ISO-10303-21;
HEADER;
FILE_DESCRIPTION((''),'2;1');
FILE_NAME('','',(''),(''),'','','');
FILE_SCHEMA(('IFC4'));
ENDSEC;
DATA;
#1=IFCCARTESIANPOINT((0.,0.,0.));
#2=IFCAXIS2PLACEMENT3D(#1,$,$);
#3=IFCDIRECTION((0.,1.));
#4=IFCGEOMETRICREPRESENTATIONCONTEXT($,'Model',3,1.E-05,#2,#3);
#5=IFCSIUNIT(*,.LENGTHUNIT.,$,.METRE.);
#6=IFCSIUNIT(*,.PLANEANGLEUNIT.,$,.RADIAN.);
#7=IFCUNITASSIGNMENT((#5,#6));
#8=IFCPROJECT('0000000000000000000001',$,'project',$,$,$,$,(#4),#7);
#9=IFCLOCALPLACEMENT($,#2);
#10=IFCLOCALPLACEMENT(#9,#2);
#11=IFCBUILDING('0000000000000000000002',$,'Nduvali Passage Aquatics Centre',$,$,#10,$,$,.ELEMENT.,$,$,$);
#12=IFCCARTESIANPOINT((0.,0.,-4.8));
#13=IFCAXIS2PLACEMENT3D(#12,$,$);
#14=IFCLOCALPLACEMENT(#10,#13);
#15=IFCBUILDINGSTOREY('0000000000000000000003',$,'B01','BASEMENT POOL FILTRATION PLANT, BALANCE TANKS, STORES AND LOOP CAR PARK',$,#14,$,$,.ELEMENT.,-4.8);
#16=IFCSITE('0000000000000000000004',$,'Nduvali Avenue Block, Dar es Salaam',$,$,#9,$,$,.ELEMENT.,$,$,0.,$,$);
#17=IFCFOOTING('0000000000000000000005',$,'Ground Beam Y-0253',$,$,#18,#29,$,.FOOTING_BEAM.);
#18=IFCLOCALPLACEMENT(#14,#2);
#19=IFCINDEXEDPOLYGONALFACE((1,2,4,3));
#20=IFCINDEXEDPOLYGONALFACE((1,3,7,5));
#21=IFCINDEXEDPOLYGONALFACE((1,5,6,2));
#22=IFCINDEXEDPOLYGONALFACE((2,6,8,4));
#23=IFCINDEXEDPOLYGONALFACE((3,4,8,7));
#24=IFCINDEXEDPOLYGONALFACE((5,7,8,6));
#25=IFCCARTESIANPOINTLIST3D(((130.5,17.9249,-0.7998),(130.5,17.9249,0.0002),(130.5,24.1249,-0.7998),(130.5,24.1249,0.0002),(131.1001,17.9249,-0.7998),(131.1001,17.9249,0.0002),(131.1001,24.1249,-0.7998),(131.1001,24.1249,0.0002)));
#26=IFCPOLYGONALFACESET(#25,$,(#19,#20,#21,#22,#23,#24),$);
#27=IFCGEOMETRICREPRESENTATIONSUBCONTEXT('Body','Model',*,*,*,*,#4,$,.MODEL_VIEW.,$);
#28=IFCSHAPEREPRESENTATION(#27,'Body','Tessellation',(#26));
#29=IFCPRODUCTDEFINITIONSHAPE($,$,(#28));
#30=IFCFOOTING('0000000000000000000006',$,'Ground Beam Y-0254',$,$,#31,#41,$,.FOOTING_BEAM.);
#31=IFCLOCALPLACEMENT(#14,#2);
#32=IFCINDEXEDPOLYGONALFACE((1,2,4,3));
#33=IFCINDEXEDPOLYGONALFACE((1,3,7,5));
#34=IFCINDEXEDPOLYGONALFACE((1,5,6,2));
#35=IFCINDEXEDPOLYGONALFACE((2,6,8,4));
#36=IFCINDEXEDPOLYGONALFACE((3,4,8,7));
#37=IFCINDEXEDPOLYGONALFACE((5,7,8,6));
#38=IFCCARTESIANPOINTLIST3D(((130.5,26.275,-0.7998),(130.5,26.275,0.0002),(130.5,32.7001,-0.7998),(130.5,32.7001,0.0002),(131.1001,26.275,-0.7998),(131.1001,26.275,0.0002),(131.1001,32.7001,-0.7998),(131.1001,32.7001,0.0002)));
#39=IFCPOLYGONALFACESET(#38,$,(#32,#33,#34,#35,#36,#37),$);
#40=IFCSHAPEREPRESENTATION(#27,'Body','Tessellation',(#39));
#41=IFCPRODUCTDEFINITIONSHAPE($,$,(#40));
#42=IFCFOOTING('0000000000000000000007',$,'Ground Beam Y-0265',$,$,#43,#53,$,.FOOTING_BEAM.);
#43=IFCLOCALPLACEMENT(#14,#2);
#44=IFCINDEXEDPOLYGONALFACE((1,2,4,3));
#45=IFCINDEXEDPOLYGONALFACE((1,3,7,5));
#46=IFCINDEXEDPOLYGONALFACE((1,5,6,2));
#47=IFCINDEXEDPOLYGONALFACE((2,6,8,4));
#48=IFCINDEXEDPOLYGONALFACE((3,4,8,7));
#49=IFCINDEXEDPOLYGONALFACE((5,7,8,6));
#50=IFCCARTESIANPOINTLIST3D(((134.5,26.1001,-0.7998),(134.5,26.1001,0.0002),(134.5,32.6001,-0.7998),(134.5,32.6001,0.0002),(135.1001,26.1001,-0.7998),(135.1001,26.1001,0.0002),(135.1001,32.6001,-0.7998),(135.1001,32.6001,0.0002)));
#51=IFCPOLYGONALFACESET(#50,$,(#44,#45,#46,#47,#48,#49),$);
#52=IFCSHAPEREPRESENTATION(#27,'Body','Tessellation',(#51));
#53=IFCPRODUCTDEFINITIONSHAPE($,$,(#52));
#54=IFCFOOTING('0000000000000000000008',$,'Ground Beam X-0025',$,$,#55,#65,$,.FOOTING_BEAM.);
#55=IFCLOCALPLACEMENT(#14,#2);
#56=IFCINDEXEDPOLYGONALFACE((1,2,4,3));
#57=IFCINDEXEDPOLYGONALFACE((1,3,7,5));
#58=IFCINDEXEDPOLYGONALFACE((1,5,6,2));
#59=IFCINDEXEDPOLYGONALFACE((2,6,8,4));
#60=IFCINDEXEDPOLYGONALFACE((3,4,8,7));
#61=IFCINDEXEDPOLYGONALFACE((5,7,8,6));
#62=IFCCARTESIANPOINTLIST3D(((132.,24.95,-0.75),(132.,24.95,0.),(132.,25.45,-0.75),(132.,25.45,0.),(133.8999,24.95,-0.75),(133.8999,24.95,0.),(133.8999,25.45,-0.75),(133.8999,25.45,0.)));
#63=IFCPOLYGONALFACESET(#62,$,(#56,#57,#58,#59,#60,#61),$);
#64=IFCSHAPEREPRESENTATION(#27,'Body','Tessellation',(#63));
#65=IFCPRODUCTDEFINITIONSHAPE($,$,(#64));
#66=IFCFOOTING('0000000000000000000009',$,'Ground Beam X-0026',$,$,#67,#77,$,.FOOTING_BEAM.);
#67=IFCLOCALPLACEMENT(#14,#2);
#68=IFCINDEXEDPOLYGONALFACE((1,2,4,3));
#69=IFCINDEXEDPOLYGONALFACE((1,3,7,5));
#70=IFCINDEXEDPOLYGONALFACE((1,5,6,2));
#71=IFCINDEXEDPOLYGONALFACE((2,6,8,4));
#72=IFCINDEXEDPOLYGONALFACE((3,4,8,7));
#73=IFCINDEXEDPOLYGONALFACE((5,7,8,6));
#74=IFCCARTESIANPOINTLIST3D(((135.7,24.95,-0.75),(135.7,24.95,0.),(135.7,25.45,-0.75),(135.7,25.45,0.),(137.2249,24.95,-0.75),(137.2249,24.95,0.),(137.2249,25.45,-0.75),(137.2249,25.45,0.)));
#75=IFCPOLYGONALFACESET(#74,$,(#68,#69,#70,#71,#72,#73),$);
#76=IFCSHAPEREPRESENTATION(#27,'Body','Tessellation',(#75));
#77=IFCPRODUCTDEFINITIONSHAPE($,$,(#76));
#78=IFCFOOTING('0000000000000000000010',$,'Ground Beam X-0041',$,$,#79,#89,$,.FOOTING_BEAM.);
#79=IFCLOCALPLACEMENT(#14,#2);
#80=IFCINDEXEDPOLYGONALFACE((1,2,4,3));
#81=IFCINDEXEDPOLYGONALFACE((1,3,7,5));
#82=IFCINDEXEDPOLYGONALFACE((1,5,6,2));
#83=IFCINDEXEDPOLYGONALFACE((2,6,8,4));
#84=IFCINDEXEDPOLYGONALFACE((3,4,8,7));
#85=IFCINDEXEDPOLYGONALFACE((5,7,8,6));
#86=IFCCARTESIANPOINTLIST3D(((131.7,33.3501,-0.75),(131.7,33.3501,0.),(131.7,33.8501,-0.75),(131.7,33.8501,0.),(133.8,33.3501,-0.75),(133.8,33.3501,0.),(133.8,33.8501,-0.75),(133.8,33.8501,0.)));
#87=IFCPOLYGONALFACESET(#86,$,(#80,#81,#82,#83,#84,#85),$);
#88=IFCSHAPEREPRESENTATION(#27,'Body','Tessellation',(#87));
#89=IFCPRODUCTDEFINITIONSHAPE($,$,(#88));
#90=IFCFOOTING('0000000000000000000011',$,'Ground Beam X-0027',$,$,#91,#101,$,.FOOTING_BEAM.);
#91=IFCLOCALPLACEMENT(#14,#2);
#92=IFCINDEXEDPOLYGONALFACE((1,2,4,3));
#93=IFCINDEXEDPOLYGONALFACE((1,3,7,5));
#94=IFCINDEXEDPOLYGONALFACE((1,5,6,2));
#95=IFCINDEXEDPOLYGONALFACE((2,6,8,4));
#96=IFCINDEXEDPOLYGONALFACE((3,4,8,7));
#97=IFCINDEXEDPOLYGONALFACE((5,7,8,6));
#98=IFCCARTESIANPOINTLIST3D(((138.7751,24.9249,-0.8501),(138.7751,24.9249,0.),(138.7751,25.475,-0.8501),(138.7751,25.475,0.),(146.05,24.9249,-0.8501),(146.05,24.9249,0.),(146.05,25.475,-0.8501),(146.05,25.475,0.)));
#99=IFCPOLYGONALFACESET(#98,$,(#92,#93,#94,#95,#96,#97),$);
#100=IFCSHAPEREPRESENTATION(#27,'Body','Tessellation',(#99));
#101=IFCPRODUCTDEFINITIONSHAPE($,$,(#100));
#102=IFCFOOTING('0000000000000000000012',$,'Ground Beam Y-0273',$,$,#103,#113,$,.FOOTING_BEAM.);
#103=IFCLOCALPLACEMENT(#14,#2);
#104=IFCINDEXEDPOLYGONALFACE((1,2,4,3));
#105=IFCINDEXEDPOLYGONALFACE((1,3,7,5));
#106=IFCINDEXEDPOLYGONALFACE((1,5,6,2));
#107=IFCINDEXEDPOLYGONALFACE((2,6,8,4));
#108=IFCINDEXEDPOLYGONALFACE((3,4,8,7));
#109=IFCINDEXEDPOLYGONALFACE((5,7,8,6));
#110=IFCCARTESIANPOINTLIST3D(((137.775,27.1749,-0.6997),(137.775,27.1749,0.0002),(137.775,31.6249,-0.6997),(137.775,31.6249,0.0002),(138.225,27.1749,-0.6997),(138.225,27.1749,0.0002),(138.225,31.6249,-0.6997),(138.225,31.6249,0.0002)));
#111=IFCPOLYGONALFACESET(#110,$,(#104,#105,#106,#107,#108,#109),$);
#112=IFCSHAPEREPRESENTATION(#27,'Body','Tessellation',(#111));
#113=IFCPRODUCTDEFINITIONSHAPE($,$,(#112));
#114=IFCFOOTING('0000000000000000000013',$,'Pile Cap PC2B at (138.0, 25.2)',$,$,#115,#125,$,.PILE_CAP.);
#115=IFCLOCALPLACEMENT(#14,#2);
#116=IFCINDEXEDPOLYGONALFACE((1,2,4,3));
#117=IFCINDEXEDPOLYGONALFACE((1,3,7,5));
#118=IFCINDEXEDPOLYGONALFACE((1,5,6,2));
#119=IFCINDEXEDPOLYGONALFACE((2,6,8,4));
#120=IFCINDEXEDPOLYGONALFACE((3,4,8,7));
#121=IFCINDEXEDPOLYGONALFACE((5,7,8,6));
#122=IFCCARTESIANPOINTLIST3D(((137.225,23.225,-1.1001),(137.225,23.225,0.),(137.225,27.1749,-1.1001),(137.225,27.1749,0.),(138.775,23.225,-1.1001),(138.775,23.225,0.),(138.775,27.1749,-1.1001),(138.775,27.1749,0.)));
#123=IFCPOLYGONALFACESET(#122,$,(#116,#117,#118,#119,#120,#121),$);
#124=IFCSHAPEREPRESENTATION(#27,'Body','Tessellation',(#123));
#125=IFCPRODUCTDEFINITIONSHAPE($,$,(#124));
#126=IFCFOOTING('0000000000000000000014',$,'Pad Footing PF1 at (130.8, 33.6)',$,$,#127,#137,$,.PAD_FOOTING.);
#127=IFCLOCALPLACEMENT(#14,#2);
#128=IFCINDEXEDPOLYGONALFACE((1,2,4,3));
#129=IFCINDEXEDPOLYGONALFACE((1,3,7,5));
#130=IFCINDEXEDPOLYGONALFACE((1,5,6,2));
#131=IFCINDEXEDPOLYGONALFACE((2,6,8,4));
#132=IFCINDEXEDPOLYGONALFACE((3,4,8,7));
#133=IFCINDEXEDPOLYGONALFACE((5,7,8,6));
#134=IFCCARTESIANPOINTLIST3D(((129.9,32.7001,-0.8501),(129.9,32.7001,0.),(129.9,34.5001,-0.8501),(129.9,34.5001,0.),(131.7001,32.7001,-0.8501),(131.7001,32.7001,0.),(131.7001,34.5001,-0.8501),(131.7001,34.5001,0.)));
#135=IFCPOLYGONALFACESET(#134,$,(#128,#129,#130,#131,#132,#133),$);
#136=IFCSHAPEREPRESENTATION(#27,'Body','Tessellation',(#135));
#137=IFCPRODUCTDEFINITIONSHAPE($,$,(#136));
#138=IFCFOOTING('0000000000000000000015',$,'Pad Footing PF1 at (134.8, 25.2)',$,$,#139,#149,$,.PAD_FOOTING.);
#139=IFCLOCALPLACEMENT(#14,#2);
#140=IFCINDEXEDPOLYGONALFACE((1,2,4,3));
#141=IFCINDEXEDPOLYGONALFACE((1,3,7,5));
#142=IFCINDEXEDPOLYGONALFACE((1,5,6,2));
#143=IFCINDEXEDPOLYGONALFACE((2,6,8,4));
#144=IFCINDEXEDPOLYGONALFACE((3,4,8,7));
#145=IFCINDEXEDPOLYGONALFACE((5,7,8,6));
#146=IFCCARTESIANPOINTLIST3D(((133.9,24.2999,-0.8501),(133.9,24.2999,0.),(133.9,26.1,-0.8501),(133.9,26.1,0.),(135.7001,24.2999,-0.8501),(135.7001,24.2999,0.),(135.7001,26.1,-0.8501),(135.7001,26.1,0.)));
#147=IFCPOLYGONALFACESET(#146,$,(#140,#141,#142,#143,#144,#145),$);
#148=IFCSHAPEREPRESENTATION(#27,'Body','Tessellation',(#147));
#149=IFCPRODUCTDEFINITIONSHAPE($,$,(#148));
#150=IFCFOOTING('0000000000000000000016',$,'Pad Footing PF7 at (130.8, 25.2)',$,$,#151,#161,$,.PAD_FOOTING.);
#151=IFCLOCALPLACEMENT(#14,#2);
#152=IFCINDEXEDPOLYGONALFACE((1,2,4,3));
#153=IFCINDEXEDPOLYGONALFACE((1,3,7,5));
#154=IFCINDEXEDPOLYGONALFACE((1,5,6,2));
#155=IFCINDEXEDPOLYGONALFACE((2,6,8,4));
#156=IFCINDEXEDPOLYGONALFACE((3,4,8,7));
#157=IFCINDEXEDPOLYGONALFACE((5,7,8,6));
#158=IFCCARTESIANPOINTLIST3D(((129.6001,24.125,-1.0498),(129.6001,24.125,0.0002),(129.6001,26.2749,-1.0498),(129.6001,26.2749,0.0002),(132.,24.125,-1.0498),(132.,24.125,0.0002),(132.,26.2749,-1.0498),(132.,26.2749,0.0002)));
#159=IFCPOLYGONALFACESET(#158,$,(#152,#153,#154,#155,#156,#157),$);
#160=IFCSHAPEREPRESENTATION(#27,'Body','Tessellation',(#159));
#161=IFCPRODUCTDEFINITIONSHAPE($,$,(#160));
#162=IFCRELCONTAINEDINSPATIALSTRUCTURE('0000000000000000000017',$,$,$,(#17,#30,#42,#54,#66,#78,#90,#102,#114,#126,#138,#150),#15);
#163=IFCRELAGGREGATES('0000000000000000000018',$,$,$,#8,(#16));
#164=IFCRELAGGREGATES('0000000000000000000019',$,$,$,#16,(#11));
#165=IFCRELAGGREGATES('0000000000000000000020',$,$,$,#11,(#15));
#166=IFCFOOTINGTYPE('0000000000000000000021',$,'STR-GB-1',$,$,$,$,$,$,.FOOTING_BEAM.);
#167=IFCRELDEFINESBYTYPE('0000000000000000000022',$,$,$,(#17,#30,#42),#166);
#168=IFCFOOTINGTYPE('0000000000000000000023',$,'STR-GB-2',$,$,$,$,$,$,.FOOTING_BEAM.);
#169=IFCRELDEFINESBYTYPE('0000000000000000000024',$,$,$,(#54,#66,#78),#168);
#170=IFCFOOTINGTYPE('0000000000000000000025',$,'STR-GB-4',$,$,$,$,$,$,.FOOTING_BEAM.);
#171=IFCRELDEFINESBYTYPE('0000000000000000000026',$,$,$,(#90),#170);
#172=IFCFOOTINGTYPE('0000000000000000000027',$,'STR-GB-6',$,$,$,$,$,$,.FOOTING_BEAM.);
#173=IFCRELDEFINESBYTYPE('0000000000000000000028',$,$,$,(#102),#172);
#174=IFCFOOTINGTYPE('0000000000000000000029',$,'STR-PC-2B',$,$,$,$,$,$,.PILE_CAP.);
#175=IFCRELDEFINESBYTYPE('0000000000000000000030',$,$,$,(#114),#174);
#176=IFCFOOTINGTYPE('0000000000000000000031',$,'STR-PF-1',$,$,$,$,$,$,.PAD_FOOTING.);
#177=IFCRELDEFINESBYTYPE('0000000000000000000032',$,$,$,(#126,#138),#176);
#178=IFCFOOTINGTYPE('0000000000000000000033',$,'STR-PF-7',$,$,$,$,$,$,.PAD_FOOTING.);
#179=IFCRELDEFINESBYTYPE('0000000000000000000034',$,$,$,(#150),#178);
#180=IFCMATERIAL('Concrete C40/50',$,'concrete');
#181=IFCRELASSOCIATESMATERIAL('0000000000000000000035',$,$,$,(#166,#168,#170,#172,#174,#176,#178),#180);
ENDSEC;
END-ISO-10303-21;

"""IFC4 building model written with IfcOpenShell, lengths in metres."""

from ifc_helpers import new_model, si_unit, direction, frame, origin, origin_2d, place, context, subcontext, project, spatial, rectangle, extrude, material, type_object, element, save


model = new_model("IFC4")

# Units and contexts
model_context = context("Model", 3, precision=1e-05, world=origin(), true_north=direction((0.0, 1.0)))
body_context = subcontext(model_context, "Body", "Model", "MODEL_VIEW")
ifc_project = project(units=[si_unit("LENGTHUNIT", "METRE"), si_unit("PLANEANGLEUNIT", "RADIAN")], contexts=[model_context])

# Site, building, storey
site_placement = place(None, origin())
site = spatial("IfcSite", under=ifc_project, at=site_placement, Name="Nduvali Avenue Block, Dar es Salaam", CompositionType="ELEMENT", RefElevation=0.0)
building_placement = place(site_placement, origin())
building = spatial("IfcBuilding", under=site, at=building_placement, Name="Nduvali Passage Aquatics Centre", CompositionType="ELEMENT")
storey_placement = place(building_placement, frame((0.0, 0.0, -4.8)))
storey = spatial("IfcBuildingStorey", under=building, at=storey_placement, Name="B01", Description="BASEMENT POOL FILTRATION PLANT, BALANCE TANKS, STORES AND LOOP CAR PARK", CompositionType="ELEMENT", Elevation=-4.8)

# Footings
ifc_material = material(Name="Concrete C40/50", Category="concrete")
footing_type_1 = type_object("IfcFootingType", Name="STR-GB-1", PredefinedType="FOOTING_BEAM", material=ifc_material)
footing_1_placement = place(storey_placement, frame((130.8, 21.0249, -0.7998), z_axis=(0.0, 0.0, 1.0), x_axis=(0.0, 1.0, 0.0)))
element("IfcFooting", 1, at=footing_1_placement, inside=storey, type_object=footing_type_1, Name="Ground Beam Y-0253", PredefinedType="FOOTING_BEAM", context=body_context, shape_type="SweptSolid", body=[
    extrude(rectangle(XDim=6.2, YDim=0.6001, at=origin_2d()), origin(), (0.0, 0.0, 1.0), 0.8),
])
footing_2_placement = place(storey_placement, frame((130.8, 29.4875, -0.7998), z_axis=(0.0, 0.0, 1.0), x_axis=(0.0, 1.0, 0.0)))
element("IfcFooting", 2, at=footing_2_placement, inside=storey, type_object=footing_type_1, Name="Ground Beam Y-0254", PredefinedType="FOOTING_BEAM", context=body_context, shape_type="SweptSolid", body=[
    extrude(rectangle(XDim=6.425, YDim=0.6001, at=origin_2d()), origin(), (0.0, 0.0, 1.0), 0.8),
])
footing_3_placement = place(storey_placement, frame((134.8, 29.3501, -0.7998), z_axis=(0.0, 0.0, 1.0), x_axis=(0.0, 1.0, 0.0)))
element("IfcFooting", 3, at=footing_3_placement, inside=storey, type_object=footing_type_1, Name="Ground Beam Y-0265", PredefinedType="FOOTING_BEAM", context=body_context, shape_type="SweptSolid", body=[
    extrude(rectangle(XDim=6.5, YDim=0.6001, at=origin_2d()), origin(), (0.0, 0.0, 1.0), 0.8),
])
footing_type_2 = type_object("IfcFootingType", Name="STR-GB-2", PredefinedType="FOOTING_BEAM", material=ifc_material)
footing_4_placement = place(storey_placement, frame((132.95, 25.2, -0.75), z_axis=(0.0, 0.0, 1.0), x_axis=(1.0, 0.0, 0.0)))
element("IfcFooting", 4, at=footing_4_placement, inside=storey, type_object=footing_type_2, Name="Ground Beam X-0025", PredefinedType="FOOTING_BEAM", context=body_context, shape_type="SweptSolid", body=[
    extrude(rectangle(XDim=1.8999, YDim=0.5, at=origin_2d()), origin(), (0.0, 0.0, 1.0), 0.75),
])
footing_5_placement = place(storey_placement, frame((136.4624, 25.2, -0.75), z_axis=(0.0, 0.0, 1.0), x_axis=(1.0, 0.0, 0.0)))
element("IfcFooting", 5, at=footing_5_placement, inside=storey, type_object=footing_type_2, Name="Ground Beam X-0026", PredefinedType="FOOTING_BEAM", context=body_context, shape_type="SweptSolid", body=[
    extrude(rectangle(XDim=1.5249, YDim=0.5, at=origin_2d()), origin(), (0.0, 0.0, 1.0), 0.75),
])
footing_6_placement = place(storey_placement, frame((132.75, 33.6001, -0.75), z_axis=(0.0, 0.0, 1.0), x_axis=(1.0, 0.0, 0.0)))
element("IfcFooting", 6, at=footing_6_placement, inside=storey, type_object=footing_type_2, Name="Ground Beam X-0041", PredefinedType="FOOTING_BEAM", context=body_context, shape_type="SweptSolid", body=[
    extrude(rectangle(XDim=2.1001, YDim=0.5, at=origin_2d()), origin(), (0.0, 0.0, 1.0), 0.75),
])
footing_type_3 = type_object("IfcFootingType", Name="STR-GB-4", PredefinedType="FOOTING_BEAM", material=ifc_material)
footing_7_placement = place(storey_placement, frame((142.4126, 25.2, -0.8501), z_axis=(0.0, 0.0, 1.0), x_axis=(1.0, 0.0, 0.0)))
element("IfcFooting", 7, at=footing_7_placement, inside=storey, type_object=footing_type_3, Name="Ground Beam X-0027", PredefinedType="FOOTING_BEAM", context=body_context, shape_type="SweptSolid", body=[
    extrude(rectangle(XDim=7.2749, YDim=0.55, at=origin_2d()), origin(), (0.0, 0.0, 1.0), 0.8501),
])
footing_type_4 = type_object("IfcFootingType", Name="STR-GB-6", PredefinedType="FOOTING_BEAM", material=ifc_material)
footing_8_placement = place(storey_placement, frame((138.0, 29.3999, -0.6997), z_axis=(0.0, 0.0, 1.0), x_axis=(0.0, 1.0, 0.0)))
element("IfcFooting", 8, at=footing_8_placement, inside=storey, type_object=footing_type_4, Name="Ground Beam Y-0273", PredefinedType="FOOTING_BEAM", context=body_context, shape_type="SweptSolid", body=[
    extrude(rectangle(XDim=4.45, YDim=0.45, at=origin_2d()), origin(), (0.0, 0.0, 1.0), 0.7),
])
footing_type_5 = type_object("IfcFootingType", Name="STR-PC-2B", PredefinedType="PILE_CAP", material=ifc_material)
footing_9_placement = place(storey_placement, frame((138.0, 25.2, -1.1001), z_axis=(0.0, 0.0, 1.0), x_axis=(1.0, 0.0, 0.0)))
element("IfcFooting", 9, at=footing_9_placement, inside=storey, type_object=footing_type_5, Name="Pile Cap PC2B at (138.0, 25.2)", PredefinedType="PILE_CAP", context=body_context, shape_type="SweptSolid", body=[
    extrude(rectangle(XDim=1.55, YDim=3.95, at=origin_2d()), origin(), (0.0, 0.0, 1.0), 1.1001),
])
footing_type_6 = type_object("IfcFootingType", Name="STR-PF-1", PredefinedType="PAD_FOOTING", material=ifc_material)
for number, where, z_axis, x_axis, name in (
    (10, (130.8, 33.6001, -0.8501), (0.0, 0.0, 1.0), (1.0, 0.0, 0.0), "Pad Footing PF1 at (130.8, 33.6)"),
    (11, (134.8, 25.2, -0.8501), (0.0, 0.0, 1.0), (1.0, 0.0, 0.0), "Pad Footing PF1 at (134.8, 25.2)"),
):
    element("IfcFooting", number, at=place(storey_placement, frame(where, z_axis=z_axis, x_axis=x_axis)), inside=storey, type_object=footing_type_6, Name=name, PredefinedType="PAD_FOOTING", context=body_context, shape_type="SweptSolid", body=[
        extrude(rectangle(XDim=1.8, YDim=1.8, at=origin_2d()), origin(), (0.0, 0.0, 1.0), 0.8501),
    ])
footing_type_7 = type_object("IfcFootingType", Name="STR-PF-7", PredefinedType="PAD_FOOTING", material=ifc_material)
footing_10_placement = place(storey_placement, frame((130.8, 25.2, -1.0498), z_axis=(0.0, 0.0, 1.0), x_axis=(1.0, 0.0, 0.0)))
element("IfcFooting", 12, at=footing_10_placement, inside=storey, type_object=footing_type_7, Name="Pad Footing PF7 at (130.8, 25.2)", PredefinedType="PAD_FOOTING", context=body_context, shape_type="SweptSolid", body=[
    extrude(rectangle(XDim=2.3999, YDim=2.1499, at=origin_2d()), origin(), (0.0, 0.0, 1.0), 1.05),
])

save(model, "model.ifc")
